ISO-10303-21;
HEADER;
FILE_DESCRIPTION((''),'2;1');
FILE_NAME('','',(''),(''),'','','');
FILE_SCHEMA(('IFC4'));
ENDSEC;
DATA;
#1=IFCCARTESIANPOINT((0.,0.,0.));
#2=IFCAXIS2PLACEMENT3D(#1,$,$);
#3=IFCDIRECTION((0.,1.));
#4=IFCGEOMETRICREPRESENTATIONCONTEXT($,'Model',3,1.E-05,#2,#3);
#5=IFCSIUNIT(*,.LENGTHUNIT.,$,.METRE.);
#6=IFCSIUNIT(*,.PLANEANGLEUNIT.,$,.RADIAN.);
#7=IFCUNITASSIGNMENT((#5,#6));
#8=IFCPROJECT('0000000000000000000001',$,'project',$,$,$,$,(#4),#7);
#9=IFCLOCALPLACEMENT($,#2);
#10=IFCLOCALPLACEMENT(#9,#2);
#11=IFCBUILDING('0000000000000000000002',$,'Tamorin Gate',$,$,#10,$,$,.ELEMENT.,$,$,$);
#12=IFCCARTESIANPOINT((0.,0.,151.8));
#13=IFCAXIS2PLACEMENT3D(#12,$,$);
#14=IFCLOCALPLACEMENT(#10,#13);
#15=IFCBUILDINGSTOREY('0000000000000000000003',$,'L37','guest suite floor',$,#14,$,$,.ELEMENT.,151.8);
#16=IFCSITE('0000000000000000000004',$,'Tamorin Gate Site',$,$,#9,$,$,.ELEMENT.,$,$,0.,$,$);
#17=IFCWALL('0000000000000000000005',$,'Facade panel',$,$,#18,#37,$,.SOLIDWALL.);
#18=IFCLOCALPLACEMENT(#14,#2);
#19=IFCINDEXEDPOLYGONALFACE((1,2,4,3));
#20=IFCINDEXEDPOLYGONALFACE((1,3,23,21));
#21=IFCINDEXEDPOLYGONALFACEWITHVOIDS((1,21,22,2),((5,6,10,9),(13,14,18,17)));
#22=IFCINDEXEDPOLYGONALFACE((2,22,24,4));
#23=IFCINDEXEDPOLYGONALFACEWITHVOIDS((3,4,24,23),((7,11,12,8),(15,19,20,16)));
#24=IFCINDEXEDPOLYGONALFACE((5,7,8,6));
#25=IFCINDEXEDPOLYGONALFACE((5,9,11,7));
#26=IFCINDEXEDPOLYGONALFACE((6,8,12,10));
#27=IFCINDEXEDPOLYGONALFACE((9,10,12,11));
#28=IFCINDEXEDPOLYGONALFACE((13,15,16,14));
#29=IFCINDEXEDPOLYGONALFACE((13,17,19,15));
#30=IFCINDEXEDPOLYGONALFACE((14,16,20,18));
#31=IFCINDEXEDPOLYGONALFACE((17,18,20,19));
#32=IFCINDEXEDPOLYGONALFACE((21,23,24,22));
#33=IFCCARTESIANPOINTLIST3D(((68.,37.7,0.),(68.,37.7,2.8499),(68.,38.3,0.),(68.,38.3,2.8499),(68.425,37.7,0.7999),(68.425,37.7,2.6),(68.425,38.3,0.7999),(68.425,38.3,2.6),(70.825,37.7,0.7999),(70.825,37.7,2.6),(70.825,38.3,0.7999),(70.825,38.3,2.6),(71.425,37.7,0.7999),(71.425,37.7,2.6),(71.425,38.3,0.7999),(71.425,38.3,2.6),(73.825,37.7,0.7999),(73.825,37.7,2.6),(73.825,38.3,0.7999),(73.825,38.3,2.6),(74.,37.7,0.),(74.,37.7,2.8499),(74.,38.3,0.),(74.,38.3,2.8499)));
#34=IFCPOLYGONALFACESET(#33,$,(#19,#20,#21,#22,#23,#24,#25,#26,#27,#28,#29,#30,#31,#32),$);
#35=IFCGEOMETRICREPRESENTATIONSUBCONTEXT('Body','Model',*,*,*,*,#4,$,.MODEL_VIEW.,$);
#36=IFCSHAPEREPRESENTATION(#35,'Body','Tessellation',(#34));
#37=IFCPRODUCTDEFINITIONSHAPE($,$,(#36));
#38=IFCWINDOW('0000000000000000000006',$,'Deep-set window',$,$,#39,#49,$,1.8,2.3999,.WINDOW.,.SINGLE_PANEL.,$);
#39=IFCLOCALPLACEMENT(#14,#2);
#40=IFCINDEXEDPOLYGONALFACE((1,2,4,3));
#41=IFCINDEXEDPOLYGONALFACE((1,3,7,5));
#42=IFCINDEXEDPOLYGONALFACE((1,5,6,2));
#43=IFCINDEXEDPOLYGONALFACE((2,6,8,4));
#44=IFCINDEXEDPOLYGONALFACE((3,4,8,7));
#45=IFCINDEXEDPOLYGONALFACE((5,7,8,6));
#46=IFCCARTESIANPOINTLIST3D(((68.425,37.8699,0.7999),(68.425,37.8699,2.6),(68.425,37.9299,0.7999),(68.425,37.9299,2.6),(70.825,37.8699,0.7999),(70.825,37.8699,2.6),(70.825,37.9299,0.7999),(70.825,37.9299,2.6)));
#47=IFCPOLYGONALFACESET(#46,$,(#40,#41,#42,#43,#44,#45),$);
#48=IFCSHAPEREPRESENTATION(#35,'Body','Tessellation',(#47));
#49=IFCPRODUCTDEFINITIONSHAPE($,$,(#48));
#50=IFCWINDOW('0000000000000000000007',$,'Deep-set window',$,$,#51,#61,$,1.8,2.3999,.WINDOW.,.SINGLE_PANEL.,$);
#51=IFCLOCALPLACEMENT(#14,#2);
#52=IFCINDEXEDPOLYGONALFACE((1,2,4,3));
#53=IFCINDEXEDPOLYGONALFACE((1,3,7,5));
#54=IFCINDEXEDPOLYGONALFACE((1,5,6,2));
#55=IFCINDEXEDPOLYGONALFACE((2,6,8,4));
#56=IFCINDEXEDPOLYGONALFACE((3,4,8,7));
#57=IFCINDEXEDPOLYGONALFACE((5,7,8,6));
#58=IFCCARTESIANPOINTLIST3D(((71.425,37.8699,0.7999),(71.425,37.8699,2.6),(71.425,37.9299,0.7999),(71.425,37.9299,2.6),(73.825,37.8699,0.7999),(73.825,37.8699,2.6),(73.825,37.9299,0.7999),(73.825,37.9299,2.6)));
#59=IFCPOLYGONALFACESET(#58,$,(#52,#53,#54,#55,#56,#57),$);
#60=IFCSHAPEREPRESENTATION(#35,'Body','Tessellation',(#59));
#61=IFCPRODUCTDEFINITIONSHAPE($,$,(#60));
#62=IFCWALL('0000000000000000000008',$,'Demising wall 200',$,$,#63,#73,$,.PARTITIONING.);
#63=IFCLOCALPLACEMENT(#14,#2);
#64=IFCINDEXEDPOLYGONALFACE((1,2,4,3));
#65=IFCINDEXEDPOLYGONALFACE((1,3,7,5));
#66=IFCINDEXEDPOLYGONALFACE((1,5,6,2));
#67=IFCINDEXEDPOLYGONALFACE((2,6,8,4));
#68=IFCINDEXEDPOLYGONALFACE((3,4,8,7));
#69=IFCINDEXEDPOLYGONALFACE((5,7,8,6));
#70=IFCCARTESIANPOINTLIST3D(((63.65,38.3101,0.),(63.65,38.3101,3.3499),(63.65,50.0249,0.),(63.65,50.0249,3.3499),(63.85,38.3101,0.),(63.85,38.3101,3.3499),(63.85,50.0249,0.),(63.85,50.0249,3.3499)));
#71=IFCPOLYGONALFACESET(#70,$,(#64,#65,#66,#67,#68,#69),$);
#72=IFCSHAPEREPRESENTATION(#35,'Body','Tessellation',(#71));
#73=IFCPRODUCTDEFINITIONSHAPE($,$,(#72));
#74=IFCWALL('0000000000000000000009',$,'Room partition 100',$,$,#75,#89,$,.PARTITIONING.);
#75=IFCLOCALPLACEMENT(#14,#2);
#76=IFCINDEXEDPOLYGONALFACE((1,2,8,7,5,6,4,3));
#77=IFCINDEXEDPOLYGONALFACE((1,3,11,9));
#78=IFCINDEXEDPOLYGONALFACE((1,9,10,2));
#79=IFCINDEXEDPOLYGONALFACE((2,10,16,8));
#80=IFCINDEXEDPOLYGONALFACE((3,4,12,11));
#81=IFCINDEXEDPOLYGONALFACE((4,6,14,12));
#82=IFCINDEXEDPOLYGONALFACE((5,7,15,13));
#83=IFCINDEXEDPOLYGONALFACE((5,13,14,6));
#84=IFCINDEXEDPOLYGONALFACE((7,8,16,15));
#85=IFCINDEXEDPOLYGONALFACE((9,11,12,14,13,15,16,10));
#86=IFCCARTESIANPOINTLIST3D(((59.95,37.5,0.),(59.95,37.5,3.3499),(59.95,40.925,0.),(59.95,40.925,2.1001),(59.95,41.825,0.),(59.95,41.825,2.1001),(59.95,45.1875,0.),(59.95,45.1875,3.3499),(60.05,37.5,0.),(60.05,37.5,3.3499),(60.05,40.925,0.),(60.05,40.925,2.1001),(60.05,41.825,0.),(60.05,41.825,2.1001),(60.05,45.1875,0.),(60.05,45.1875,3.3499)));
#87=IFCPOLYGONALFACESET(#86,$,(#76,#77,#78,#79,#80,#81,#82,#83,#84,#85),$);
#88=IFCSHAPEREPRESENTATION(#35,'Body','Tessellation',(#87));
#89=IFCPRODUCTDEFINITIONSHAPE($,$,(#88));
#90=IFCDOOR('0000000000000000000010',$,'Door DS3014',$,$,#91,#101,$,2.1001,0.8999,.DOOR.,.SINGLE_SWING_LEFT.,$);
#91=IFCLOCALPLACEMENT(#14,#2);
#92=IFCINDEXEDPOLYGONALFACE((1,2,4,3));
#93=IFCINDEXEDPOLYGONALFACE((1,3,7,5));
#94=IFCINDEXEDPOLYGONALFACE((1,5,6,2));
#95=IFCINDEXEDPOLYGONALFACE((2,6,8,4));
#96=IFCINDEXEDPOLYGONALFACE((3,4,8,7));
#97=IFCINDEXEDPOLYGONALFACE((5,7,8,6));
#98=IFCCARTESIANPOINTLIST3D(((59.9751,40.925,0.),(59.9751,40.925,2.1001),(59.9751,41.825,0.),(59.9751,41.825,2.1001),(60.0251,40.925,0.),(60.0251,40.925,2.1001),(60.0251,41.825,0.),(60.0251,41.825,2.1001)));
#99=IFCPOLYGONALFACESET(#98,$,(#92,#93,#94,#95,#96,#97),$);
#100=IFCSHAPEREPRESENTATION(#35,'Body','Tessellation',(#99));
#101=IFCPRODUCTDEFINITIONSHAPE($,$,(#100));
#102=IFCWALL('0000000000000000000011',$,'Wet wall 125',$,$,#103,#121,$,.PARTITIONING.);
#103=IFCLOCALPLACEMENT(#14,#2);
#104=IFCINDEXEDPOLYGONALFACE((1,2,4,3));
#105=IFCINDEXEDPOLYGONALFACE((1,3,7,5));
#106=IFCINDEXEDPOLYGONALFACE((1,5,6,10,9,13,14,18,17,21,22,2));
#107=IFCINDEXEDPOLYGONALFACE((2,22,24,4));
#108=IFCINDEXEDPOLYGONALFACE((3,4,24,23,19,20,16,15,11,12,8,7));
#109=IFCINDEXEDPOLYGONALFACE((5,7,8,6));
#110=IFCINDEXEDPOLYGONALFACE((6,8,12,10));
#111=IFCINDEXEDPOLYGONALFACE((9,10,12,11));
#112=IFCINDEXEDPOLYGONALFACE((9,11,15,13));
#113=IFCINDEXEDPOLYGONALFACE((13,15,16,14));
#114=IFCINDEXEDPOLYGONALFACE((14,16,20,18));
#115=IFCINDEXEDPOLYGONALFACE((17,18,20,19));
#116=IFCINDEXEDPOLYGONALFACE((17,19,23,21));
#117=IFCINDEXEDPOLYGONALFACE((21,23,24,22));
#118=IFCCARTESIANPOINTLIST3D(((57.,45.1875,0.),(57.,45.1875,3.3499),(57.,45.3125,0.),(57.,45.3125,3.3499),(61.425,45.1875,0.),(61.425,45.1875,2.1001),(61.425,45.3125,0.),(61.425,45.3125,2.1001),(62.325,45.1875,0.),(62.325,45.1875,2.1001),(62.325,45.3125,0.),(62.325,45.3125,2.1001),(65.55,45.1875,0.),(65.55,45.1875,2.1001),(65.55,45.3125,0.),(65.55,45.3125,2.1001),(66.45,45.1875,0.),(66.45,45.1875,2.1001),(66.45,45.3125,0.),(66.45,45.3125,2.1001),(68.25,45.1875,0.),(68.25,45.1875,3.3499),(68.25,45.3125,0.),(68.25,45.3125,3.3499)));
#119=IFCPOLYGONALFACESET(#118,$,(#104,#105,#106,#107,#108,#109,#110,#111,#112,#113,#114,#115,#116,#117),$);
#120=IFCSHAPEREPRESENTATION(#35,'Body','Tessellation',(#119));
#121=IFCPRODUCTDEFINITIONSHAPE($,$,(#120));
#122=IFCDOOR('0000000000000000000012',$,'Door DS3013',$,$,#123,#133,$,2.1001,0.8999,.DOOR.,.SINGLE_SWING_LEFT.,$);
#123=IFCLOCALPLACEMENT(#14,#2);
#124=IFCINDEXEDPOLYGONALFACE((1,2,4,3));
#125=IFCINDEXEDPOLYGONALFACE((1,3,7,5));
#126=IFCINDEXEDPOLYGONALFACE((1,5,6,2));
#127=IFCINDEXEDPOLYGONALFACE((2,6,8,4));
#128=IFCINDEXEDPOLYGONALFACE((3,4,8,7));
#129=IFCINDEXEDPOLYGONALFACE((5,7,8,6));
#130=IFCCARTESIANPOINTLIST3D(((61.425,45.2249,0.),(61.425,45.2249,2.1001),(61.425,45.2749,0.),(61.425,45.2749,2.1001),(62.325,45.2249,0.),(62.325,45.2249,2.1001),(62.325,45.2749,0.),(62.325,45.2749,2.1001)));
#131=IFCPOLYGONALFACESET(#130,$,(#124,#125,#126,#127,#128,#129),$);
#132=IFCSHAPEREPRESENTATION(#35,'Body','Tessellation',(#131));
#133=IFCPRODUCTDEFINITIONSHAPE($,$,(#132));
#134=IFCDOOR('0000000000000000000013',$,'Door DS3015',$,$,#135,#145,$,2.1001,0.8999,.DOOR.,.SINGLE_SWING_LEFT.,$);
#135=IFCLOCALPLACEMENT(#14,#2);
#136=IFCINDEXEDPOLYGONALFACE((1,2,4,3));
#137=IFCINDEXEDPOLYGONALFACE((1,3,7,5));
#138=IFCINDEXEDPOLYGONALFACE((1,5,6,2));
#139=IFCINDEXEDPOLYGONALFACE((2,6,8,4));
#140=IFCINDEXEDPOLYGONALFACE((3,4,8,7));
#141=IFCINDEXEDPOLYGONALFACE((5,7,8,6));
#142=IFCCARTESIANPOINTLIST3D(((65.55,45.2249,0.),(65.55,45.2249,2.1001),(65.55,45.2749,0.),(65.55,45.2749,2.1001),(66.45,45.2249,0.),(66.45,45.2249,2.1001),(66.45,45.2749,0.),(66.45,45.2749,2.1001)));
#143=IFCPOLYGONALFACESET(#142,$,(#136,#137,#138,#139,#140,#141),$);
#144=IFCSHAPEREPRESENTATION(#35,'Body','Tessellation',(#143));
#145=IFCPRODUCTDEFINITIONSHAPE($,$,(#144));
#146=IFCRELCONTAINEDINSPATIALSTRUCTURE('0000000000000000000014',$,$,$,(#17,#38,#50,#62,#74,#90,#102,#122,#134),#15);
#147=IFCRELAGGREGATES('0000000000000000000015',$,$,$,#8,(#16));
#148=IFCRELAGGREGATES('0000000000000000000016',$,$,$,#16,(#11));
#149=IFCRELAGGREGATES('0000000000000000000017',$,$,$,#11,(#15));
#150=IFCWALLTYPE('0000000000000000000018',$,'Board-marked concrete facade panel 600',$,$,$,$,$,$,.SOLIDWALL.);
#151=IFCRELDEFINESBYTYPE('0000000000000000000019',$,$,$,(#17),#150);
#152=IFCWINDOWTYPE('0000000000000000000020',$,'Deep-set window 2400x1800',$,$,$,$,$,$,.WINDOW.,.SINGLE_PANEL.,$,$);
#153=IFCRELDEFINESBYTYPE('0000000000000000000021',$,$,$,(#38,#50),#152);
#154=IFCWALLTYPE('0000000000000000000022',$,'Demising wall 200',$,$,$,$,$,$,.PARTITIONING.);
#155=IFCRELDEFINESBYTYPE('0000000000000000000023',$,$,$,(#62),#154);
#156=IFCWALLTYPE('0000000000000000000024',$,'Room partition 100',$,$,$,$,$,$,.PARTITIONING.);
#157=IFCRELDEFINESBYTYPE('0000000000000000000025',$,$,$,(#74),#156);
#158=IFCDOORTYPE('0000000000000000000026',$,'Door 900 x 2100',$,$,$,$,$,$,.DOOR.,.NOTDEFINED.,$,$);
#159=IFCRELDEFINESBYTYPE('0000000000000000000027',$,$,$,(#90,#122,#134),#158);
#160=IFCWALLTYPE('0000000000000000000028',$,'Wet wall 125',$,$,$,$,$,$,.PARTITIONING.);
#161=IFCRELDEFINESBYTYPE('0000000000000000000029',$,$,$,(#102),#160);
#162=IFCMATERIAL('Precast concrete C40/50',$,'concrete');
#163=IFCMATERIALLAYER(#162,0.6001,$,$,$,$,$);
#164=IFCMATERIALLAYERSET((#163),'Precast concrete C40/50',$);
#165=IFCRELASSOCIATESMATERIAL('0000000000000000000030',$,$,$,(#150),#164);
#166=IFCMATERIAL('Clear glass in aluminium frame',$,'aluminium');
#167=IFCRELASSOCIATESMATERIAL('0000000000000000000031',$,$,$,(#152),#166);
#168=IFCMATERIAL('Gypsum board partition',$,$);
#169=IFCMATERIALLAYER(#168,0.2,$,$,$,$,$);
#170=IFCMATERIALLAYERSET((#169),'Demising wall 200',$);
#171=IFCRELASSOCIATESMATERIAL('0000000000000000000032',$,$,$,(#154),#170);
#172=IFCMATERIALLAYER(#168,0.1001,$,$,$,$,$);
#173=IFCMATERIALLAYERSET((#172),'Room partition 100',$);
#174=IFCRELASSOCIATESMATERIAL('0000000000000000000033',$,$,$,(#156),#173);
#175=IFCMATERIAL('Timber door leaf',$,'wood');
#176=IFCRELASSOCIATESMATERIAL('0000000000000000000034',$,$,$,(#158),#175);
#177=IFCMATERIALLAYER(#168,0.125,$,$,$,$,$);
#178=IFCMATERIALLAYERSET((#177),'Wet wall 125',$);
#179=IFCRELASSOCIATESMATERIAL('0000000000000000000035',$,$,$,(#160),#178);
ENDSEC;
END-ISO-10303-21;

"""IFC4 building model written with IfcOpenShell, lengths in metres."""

from ifc_helpers import new_model, si_unit, direction, frame, frame_2d, origin, place, context, subcontext, project, spatial, rectangle, extrude, material, layer, layer_set, type_object, element, fill, save


model = new_model("IFC4")

# Units and contexts
model_context = context("Model", 3, precision=1e-05, world=origin(), true_north=direction((0.0, 1.0)))
body_context = subcontext(model_context, "Body", "Model", "MODEL_VIEW")
ifc_project = project(units=[si_unit("LENGTHUNIT", "METRE"), si_unit("PLANEANGLEUNIT", "RADIAN")], contexts=[model_context])

# Site, building, storey
site_placement = place(None, origin())
site = spatial("IfcSite", under=ifc_project, at=site_placement, Name="Tamorin Gate Site", CompositionType="ELEMENT", RefElevation=0.0)
building_placement = place(site_placement, origin())
building = spatial("IfcBuilding", under=site, at=building_placement, Name="Tamorin Gate", CompositionType="ELEMENT")
storey_placement = place(building_placement, frame((0.0, 0.0, 151.8)))
storey = spatial("IfcBuildingStorey", under=building, at=storey_placement, Name="L37", Description="guest suite floor", CompositionType="ELEMENT", Elevation=151.8)

# Wall, openings, windows
ifc_material_1 = material(Name="Precast concrete C40/50", Category="concrete")
ifc_layer_1 = layer(ifc_material_1, 0.6001)
ifc_layer_set_1 = layer_set([ifc_layer_1], Name="Precast concrete C40/50")
wall_type_1 = type_object("IfcWallType", Name="Board-marked concrete facade panel 600", PredefinedType="SOLIDWALL", material=ifc_layer_set_1)
ifc_material_2 = material(Name="Clear glass in aluminium frame", Category="aluminium")
window_type = type_object("IfcWindowType", Name="Deep-set window 2400x1800", PartitioningType="SINGLE_PANEL", PredefinedType="WINDOW", material=ifc_material_2)
wall_1_placement = place(storey_placement, frame((68.0, 38.0, 0.0), z_axis=(0.0, 0.0, 1.0), x_axis=(1.0, 0.0, 0.0)))
wall_1 = element("IfcWall", 1, at=wall_1_placement, inside=storey, type_object=wall_type_1, Name="Facade panel", PredefinedType="SOLIDWALL", context=body_context, shape_type="SweptSolid", body=[
    extrude(rectangle(XDim=6.0, YDim=0.6001, at=frame_2d((3.0, 0.0))), origin(), (0.0, 0.0, 1.0), 2.8499),
])
opening_1_placement = place(wall_1_placement, frame((0.425, 0.0, 0.8)))
opening_1 = element("IfcOpeningElement", 2, at=opening_1_placement, cuts=wall_1, PredefinedType="OPENING", context=body_context, shape_type="SweptSolid", body=[
    extrude(rectangle(XDim=2.3999, YDim=1.8, at=frame_2d((1.2, 0.8999))), frame((0.0, 0.3101, 0.0), z_axis=(0.0, -1.0, 0.0), x_axis=(1.0, 0.0, 0.0)), (0.0, 0.0, 1.0), 0.6201),
])
opening_2_placement = place(wall_1_placement, frame((3.425, 0.0, 0.8)))
opening_2 = element("IfcOpeningElement", 3, at=opening_2_placement, cuts=wall_1, PredefinedType="OPENING", context=body_context, shape_type="SweptSolid", body=[
    extrude(rectangle(XDim=2.3999, YDim=1.8, at=frame_2d((1.2, 0.8999))), frame((0.0, 0.3101, 0.0), z_axis=(0.0, -1.0, 0.0), x_axis=(1.0, 0.0, 0.0)), (0.0, 0.0, 1.0), 0.6201),
])
window_1_placement = place(opening_1_placement, origin())
window_1 = element("IfcWindow", 4, at=window_1_placement, inside=storey, type_object=window_type, Name="Deep-set window", OverallHeight=1.8, OverallWidth=2.3999, PartitioningType="SINGLE_PANEL", PredefinedType="WINDOW", context=body_context, shape_type="SweptSolid", body=[
    extrude(rectangle(XDim=2.3999, YDim=1.8, at=frame_2d((1.2, 0.8999))), frame((0.0, -0.0701, 0.0), z_axis=(0.0, -1.0, 0.0), x_axis=(1.0, 0.0, 0.0)), (0.0, 0.0, 1.0), 0.0601),
])
fill(opening_1, window_1)
window_2_placement = place(opening_2_placement, origin())
window_2 = element("IfcWindow", 5, at=window_2_placement, inside=storey, type_object=window_type, Name="Deep-set window", OverallHeight=1.8, OverallWidth=2.3999, PartitioningType="SINGLE_PANEL", PredefinedType="WINDOW", context=body_context, shape_type="SweptSolid", body=[
    extrude(rectangle(XDim=2.3999, YDim=1.8, at=frame_2d((1.2, 0.8999))), frame((0.0, -0.0701, 0.0), z_axis=(0.0, -1.0, 0.0), x_axis=(1.0, 0.0, 0.0)), (0.0, 0.0, 1.0), 0.0601),
])
fill(opening_2, window_2)

# Wall
ifc_material_3 = material(Name="Gypsum board partition")
ifc_layer_2 = layer(ifc_material_3, 0.2)
ifc_layer_set_2 = layer_set([ifc_layer_2], Name="Demising wall 200")
wall_type_2 = type_object("IfcWallType", Name="Demising wall 200", PredefinedType="PARTITIONING", material=ifc_layer_set_2)
wall_2_placement = place(storey_placement, frame((63.75, 38.3101, 0.0), z_axis=(0.0, 0.0, 1.0), x_axis=(0.0, 1.0, 0.0)))
element("IfcWall", 6, at=wall_2_placement, inside=storey, type_object=wall_type_2, Name="Demising wall 200", PredefinedType="PARTITIONING", context=body_context, shape_type="SweptSolid", body=[
    extrude(rectangle(XDim=11.7148, YDim=0.2, at=frame_2d((5.8574, 0.0))), origin(), (0.0, 0.0, 1.0), 3.3499),
])

# Wall, opening, door
ifc_layer_3 = layer(ifc_material_3, 0.1001)
ifc_layer_set_3 = layer_set([ifc_layer_3], Name="Room partition 100")
wall_type_3 = type_object("IfcWallType", Name="Room partition 100", PredefinedType="PARTITIONING", material=ifc_layer_set_3)
wall_3_placement = place(storey_placement, frame((60.0, 37.5, 0.0), z_axis=(0.0, 0.0, 1.0), x_axis=(0.0, 1.0, 0.0)))
wall_3 = element("IfcWall", 7, at=wall_3_placement, inside=storey, type_object=wall_type_3, Name="Room partition 100", PredefinedType="PARTITIONING", context=body_context, shape_type="SweptSolid", body=[
    extrude(rectangle(XDim=7.6875, YDim=0.1001, at=frame_2d((3.8438, 0.0))), origin(), (0.0, 0.0, 1.0), 3.3499),
])
opening_3_placement = place(wall_3_placement, frame((3.425, 0.0, 0.0)))
opening_3 = element("IfcOpeningElement", 8, at=opening_3_placement, cuts=wall_3, PredefinedType="OPENING", context=body_context, shape_type="SweptSolid", body=[
    extrude(rectangle(XDim=0.8999, YDim=2.1001, at=frame_2d((0.45, 1.05))), frame((0.0, 0.0601, 0.0), z_axis=(0.0, -1.0, 0.0), x_axis=(1.0, 0.0, 0.0)), (0.0, 0.0, 1.0), 0.1201),
])
ifc_material_4 = material(Name="Timber door leaf", Category="wood")
door_type = type_object("IfcDoorType", Name="Door 900 x 2100", OperationType="NOTDEFINED", PredefinedType="DOOR", material=ifc_material_4)
door_1_placement = place(opening_3_placement, origin())
door_1 = element("IfcDoor", 9, at=door_1_placement, inside=storey, type_object=door_type, Name="Door DS3014", OperationType="SINGLE_SWING_LEFT", OverallHeight=2.1001, OverallWidth=0.8999, PredefinedType="DOOR", context=body_context, shape_type="SweptSolid", body=[
    extrude(rectangle(XDim=0.8999, YDim=2.1001, at=frame_2d((0.45, 1.05))), frame((0.0, 0.0249, 0.0), z_axis=(0.0, -1.0, 0.0), x_axis=(1.0, 0.0, 0.0)), (0.0, 0.0, 1.0), 0.05),
])
fill(opening_3, door_1)

# Wall, openings, doors
ifc_layer_4 = layer(ifc_material_3, 0.125)
ifc_layer_set_4 = layer_set([ifc_layer_4], Name="Wet wall 125")
wall_type_4 = type_object("IfcWallType", Name="Wet wall 125", PredefinedType="PARTITIONING", material=ifc_layer_set_4)
wall_4_placement = place(storey_placement, frame((57.0, 45.25, 0.0), z_axis=(0.0, 0.0, 1.0), x_axis=(1.0, 0.0, 0.0)))
wall_4 = element("IfcWall", 10, at=wall_4_placement, inside=storey, type_object=wall_type_4, Name="Wet wall 125", PredefinedType="PARTITIONING", context=body_context, shape_type="SweptSolid", body=[
    extrude(rectangle(XDim=11.25, YDim=0.125, at=frame_2d((5.625, 0.0))), origin(), (0.0, 0.0, 1.0), 3.3499),
])
opening_4_placement = place(wall_4_placement, frame((4.425, 0.0, 0.0)))
opening_4 = element("IfcOpeningElement", 11, at=opening_4_placement, cuts=wall_4, PredefinedType="OPENING", context=body_context, shape_type="SweptSolid", body=[
    extrude(rectangle(XDim=0.8999, YDim=2.1001, at=frame_2d((0.45, 1.05))), frame((0.0, 0.0725, 0.0), z_axis=(0.0, -1.0, 0.0), x_axis=(1.0, 0.0, 0.0)), (0.0, 0.0, 1.0), 0.145),
])
opening_5_placement = place(wall_4_placement, frame((8.55, 0.0, 0.0)))
opening_5 = element("IfcOpeningElement", 12, at=opening_5_placement, cuts=wall_4, PredefinedType="OPENING", context=body_context, shape_type="SweptSolid", body=[
    extrude(rectangle(XDim=0.8999, YDim=2.1001, at=frame_2d((0.45, 1.05))), frame((0.0, 0.0725, 0.0), z_axis=(0.0, -1.0, 0.0), x_axis=(1.0, 0.0, 0.0)), (0.0, 0.0, 1.0), 0.145),
])
door_2_placement = place(opening_4_placement, origin())
door_2 = element("IfcDoor", 13, at=door_2_placement, inside=storey, type_object=door_type, Name="Door DS3013", OperationType="SINGLE_SWING_LEFT", OverallHeight=2.1001, OverallWidth=0.8999, PredefinedType="DOOR", context=body_context, shape_type="SweptSolid", body=[
    extrude(rectangle(XDim=0.8999, YDim=2.1001, at=frame_2d((0.45, 1.05))), frame((0.0, 0.0249, 0.0), z_axis=(0.0, -1.0, 0.0), x_axis=(1.0, 0.0, 0.0)), (0.0, 0.0, 1.0), 0.05),
])
fill(opening_4, door_2)
door_3_placement = place(opening_5_placement, origin())
door_3 = element("IfcDoor", 14, at=door_3_placement, inside=storey, type_object=door_type, Name="Door DS3015", OperationType="SINGLE_SWING_LEFT", OverallHeight=2.1001, OverallWidth=0.8999, PredefinedType="DOOR", context=body_context, shape_type="SweptSolid", body=[
    extrude(rectangle(XDim=0.8999, YDim=2.1001, at=frame_2d((0.45, 1.05))), frame((0.0, 0.0249, 0.0), z_axis=(0.0, -1.0, 0.0), x_axis=(1.0, 0.0, 0.0)), (0.0, 0.0, 1.0), 0.05),
])
fill(opening_5, door_3)

save(model, "model.ifc")
